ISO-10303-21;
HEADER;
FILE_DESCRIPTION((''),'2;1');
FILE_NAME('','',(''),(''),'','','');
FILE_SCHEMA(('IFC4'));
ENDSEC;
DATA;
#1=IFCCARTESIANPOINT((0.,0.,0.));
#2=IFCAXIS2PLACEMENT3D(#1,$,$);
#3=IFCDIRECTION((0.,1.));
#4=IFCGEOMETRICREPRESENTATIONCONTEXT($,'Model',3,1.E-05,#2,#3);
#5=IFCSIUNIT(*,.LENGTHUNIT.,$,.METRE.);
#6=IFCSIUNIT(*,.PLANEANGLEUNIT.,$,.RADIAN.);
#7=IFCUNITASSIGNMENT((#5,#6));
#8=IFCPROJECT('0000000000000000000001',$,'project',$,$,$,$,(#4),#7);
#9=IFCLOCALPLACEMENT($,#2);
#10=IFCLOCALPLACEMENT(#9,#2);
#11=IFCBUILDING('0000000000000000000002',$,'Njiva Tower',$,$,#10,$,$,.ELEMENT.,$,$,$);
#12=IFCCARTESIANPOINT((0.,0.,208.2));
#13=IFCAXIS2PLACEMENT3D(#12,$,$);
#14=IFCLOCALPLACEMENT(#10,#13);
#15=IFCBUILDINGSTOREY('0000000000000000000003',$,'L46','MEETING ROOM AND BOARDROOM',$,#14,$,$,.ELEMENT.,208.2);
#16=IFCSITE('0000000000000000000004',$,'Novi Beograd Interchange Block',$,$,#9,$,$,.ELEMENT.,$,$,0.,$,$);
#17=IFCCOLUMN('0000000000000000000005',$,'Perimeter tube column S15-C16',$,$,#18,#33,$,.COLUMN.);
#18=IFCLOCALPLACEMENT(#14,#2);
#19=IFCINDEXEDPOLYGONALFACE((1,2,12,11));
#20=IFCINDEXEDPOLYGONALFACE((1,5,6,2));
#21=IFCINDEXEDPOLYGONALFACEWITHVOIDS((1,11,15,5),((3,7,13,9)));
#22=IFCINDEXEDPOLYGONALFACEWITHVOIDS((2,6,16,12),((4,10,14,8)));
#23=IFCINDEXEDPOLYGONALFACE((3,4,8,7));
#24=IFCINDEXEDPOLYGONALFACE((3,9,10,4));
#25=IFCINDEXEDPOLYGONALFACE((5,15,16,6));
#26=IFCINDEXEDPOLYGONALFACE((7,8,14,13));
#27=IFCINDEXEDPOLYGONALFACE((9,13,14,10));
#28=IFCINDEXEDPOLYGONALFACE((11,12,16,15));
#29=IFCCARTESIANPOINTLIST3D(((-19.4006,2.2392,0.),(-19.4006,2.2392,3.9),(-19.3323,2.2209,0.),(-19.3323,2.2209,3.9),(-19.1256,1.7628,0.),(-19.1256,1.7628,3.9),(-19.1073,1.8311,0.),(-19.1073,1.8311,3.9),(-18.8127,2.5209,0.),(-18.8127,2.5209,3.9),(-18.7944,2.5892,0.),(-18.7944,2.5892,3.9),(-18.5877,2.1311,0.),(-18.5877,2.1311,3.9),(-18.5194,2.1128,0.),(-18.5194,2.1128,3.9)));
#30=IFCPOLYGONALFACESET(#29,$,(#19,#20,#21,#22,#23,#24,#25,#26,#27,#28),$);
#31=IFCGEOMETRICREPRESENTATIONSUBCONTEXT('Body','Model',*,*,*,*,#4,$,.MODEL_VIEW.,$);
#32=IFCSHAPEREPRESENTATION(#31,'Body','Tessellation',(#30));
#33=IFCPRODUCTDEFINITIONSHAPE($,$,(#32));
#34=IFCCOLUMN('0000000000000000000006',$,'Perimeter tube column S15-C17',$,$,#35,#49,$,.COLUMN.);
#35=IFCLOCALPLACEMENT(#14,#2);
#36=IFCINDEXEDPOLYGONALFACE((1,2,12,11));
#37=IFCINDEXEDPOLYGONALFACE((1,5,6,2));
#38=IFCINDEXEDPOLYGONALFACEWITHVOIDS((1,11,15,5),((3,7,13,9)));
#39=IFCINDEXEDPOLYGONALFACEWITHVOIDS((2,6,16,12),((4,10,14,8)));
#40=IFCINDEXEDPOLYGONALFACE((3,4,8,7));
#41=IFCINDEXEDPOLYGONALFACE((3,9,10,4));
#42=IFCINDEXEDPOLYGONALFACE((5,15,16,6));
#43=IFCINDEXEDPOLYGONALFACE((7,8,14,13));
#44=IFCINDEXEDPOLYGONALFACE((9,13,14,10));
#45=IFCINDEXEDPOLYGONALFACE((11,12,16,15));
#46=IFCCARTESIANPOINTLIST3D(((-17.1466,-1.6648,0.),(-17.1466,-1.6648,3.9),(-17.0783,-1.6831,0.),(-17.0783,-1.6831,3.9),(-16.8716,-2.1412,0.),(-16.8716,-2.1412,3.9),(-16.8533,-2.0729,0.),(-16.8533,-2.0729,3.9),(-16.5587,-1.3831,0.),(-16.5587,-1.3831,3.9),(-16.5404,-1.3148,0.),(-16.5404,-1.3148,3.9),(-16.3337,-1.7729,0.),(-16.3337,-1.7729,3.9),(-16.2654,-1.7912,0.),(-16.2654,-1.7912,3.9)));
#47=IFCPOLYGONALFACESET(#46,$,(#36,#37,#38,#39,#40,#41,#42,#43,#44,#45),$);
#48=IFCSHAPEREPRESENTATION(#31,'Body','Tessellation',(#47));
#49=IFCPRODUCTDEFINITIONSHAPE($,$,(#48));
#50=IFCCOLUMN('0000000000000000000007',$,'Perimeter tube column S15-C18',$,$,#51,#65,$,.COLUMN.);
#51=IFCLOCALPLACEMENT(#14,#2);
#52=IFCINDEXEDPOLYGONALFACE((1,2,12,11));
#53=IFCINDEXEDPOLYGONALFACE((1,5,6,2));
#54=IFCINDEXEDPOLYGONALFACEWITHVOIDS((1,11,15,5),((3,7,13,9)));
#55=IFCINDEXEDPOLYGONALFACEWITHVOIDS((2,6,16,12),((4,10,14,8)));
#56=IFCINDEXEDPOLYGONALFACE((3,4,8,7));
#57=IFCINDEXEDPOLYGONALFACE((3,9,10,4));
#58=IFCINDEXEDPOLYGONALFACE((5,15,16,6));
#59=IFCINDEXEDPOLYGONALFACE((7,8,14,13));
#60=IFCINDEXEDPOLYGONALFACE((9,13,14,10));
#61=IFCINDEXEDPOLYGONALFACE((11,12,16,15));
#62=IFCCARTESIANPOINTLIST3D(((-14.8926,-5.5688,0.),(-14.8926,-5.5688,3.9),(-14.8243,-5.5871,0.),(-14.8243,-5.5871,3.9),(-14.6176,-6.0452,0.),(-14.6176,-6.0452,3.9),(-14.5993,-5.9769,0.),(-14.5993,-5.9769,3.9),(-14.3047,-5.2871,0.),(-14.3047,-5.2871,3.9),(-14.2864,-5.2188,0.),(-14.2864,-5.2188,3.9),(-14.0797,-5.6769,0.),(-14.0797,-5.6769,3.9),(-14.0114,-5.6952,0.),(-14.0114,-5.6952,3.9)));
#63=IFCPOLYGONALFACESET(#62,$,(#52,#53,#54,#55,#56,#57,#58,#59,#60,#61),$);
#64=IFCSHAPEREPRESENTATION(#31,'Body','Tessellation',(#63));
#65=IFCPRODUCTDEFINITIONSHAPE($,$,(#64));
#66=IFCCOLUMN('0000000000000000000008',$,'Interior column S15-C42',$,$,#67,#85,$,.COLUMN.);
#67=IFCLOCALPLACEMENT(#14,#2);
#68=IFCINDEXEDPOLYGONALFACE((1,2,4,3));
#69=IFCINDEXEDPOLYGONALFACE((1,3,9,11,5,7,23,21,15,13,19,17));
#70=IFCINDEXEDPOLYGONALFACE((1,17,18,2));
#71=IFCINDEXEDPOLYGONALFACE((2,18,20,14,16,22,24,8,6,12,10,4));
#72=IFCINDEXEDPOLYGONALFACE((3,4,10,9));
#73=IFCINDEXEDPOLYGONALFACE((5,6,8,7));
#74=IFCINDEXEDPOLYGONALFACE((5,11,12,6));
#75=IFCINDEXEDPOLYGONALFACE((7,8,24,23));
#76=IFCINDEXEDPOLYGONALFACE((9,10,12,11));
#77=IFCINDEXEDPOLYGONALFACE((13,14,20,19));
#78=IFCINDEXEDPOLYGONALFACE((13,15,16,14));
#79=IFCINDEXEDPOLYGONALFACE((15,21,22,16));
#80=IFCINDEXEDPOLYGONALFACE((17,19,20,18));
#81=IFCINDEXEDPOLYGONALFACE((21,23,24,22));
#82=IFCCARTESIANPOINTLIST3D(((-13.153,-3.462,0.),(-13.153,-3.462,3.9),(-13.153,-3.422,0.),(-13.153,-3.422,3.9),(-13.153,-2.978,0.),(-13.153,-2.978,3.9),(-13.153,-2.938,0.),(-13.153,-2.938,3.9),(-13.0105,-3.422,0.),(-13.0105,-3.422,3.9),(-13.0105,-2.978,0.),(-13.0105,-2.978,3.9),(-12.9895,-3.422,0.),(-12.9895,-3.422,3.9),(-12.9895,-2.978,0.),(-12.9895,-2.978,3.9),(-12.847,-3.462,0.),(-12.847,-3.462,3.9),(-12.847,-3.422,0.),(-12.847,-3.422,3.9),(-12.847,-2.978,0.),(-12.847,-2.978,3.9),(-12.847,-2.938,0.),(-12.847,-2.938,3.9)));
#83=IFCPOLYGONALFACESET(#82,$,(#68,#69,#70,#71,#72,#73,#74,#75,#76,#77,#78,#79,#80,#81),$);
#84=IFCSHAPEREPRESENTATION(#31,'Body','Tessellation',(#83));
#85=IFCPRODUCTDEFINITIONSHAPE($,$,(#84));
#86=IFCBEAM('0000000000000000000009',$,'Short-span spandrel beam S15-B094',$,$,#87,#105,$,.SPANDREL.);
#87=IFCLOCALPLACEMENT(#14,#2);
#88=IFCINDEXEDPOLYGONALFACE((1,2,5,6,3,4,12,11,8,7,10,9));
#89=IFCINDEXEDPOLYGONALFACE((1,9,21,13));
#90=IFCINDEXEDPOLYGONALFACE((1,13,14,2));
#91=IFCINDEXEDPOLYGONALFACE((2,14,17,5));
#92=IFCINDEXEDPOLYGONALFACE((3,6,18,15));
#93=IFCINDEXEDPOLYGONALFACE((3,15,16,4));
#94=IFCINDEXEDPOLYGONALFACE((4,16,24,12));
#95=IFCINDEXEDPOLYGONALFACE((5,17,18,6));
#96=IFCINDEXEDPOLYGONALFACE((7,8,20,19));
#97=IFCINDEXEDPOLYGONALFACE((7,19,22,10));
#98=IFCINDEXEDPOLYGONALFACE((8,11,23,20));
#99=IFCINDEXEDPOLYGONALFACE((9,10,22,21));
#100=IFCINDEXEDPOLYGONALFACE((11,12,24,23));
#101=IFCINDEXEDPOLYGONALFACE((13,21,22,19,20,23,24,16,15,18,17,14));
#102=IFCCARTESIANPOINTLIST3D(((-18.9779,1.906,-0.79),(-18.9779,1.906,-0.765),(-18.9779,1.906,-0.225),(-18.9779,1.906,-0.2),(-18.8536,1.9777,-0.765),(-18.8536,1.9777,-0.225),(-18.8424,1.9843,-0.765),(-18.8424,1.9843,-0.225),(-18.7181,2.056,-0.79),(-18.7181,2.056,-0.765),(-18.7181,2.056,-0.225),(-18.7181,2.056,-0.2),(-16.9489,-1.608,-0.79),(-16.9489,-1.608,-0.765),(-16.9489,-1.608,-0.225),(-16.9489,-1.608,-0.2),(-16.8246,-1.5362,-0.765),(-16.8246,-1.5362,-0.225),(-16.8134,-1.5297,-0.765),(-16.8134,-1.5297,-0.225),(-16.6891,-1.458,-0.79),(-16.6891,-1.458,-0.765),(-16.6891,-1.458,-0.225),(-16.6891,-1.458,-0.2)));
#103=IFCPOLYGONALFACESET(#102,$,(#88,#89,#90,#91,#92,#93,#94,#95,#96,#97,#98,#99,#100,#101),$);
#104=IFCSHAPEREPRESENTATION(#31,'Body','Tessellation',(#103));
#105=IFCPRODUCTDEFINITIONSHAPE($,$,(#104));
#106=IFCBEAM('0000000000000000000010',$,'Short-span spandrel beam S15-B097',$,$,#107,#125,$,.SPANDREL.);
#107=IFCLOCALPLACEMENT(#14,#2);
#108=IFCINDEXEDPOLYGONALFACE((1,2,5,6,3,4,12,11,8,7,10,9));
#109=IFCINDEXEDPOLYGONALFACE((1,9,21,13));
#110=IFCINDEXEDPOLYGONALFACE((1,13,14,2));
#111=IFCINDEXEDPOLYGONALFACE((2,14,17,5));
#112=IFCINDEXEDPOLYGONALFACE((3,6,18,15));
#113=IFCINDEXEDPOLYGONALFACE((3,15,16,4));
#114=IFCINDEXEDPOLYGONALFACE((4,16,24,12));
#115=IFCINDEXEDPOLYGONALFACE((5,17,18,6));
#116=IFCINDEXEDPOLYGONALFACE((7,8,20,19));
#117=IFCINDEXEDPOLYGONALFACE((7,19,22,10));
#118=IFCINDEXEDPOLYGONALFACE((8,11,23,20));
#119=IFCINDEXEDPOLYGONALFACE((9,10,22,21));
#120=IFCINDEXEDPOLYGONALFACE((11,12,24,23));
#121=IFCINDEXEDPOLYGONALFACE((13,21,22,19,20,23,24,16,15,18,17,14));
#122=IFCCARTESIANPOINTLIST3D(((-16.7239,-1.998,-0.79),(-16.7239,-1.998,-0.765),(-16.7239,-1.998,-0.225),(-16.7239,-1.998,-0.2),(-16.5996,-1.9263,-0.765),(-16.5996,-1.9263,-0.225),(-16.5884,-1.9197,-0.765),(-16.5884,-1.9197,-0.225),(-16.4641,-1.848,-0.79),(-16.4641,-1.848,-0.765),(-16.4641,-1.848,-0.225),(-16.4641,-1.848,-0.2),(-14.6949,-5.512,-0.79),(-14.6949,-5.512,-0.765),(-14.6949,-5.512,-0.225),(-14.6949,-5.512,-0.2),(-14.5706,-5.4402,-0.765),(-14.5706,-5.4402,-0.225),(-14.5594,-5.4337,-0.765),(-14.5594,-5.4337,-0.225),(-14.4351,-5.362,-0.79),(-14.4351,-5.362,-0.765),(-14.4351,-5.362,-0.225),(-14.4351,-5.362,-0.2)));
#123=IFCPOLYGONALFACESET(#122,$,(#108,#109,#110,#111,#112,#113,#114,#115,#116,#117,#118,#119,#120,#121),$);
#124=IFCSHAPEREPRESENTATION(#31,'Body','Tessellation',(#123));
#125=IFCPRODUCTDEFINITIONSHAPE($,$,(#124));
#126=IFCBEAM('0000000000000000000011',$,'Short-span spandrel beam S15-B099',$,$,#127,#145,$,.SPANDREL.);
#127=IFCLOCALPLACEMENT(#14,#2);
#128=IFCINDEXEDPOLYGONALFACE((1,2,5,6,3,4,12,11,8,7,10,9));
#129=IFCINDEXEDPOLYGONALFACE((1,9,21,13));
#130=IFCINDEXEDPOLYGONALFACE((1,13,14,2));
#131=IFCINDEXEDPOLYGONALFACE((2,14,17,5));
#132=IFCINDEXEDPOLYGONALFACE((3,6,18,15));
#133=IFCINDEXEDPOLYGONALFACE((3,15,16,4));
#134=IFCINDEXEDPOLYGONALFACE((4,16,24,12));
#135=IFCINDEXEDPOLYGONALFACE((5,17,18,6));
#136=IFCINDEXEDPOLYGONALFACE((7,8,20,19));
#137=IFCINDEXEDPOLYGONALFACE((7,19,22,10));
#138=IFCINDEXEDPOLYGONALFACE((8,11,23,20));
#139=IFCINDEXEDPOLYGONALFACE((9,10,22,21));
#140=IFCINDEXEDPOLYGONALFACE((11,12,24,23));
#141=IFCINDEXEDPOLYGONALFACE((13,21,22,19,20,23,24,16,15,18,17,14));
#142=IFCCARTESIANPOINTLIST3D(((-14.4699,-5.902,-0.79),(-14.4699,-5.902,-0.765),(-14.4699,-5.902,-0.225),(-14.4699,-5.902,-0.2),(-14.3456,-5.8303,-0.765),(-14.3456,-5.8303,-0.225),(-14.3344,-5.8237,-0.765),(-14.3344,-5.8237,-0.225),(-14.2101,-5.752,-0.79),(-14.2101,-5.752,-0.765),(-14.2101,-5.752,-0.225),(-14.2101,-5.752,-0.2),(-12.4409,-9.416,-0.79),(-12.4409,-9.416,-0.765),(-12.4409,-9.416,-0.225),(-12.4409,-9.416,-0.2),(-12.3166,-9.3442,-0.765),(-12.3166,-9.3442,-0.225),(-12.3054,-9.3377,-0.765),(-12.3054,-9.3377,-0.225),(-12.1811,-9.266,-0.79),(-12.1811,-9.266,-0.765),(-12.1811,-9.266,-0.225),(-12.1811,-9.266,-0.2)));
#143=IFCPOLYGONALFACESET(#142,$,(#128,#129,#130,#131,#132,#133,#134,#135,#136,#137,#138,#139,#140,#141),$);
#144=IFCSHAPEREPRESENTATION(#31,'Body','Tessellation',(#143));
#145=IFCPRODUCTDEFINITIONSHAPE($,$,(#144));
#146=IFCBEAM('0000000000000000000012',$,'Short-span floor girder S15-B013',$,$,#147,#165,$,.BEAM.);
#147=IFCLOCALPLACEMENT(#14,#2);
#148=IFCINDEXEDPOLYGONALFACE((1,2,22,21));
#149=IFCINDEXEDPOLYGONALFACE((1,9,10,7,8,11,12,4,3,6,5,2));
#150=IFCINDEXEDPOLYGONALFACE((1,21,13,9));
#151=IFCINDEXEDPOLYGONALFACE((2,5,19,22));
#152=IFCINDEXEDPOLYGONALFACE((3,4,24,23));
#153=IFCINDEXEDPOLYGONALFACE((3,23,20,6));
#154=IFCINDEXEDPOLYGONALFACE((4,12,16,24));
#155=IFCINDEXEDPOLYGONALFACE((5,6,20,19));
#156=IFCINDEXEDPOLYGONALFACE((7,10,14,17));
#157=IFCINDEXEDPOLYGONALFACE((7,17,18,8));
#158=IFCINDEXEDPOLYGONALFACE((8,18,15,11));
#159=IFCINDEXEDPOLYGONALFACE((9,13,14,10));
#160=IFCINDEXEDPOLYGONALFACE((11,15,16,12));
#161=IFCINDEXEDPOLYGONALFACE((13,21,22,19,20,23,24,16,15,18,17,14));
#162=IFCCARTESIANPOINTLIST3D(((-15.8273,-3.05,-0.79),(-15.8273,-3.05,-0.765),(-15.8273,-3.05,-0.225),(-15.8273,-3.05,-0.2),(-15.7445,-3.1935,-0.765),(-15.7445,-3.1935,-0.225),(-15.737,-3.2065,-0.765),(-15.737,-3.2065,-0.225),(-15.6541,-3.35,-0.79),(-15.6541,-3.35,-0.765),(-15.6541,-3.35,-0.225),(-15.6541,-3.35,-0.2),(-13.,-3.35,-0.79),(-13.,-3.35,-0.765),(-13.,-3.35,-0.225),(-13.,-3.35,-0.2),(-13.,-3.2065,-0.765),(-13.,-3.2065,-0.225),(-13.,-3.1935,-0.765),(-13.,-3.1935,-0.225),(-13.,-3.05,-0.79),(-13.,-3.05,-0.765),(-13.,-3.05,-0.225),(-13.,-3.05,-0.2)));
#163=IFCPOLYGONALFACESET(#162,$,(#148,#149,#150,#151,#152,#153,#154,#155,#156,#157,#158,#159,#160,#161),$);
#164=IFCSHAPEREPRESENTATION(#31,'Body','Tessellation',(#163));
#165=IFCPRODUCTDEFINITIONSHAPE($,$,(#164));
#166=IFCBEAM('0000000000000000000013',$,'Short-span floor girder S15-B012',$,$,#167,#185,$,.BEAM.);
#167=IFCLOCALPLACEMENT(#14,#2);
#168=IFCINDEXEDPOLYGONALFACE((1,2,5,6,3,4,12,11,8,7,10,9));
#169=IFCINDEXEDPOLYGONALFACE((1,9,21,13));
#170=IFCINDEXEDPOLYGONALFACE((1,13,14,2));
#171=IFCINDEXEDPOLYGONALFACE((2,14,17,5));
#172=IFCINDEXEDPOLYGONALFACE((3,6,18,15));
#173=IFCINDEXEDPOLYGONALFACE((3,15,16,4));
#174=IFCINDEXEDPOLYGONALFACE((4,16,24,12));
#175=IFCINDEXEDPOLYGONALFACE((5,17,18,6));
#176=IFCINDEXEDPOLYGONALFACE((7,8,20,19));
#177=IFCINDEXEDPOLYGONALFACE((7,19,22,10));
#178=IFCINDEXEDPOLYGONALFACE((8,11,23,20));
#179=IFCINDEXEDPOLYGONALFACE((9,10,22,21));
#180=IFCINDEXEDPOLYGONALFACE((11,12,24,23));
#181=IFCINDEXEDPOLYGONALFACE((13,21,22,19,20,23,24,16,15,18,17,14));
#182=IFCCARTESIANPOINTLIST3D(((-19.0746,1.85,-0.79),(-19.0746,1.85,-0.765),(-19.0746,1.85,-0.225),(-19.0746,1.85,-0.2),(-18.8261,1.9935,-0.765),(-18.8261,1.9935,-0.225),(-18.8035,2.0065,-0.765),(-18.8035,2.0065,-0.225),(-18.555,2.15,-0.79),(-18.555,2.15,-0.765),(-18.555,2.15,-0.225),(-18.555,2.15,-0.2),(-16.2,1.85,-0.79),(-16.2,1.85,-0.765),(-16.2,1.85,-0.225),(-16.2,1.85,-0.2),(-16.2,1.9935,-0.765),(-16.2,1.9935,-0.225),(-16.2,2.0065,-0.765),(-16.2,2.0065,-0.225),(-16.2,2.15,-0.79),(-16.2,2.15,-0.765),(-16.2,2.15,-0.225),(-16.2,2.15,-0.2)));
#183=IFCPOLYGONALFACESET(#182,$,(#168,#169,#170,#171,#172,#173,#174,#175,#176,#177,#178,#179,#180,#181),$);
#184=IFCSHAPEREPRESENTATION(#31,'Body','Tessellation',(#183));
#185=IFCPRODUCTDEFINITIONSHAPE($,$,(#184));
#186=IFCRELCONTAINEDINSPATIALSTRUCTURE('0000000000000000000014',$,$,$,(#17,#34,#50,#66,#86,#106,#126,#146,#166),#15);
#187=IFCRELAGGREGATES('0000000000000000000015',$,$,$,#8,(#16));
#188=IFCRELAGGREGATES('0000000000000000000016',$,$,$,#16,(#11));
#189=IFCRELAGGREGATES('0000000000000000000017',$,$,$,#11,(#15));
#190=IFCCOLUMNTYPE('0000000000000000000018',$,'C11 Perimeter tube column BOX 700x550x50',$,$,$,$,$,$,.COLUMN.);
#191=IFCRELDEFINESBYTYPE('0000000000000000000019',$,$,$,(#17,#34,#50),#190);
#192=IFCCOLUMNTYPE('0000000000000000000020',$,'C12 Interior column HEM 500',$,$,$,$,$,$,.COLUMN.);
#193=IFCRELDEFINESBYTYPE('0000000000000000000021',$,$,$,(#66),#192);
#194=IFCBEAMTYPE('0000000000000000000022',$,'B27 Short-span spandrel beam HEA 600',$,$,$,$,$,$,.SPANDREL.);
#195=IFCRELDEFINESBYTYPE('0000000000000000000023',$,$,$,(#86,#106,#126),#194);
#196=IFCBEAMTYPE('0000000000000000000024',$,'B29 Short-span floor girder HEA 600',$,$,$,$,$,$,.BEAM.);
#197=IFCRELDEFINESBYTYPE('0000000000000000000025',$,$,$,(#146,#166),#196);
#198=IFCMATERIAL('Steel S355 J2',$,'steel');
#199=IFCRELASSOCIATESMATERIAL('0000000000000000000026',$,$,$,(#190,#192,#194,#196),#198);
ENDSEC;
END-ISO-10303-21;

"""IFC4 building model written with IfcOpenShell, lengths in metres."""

from ifc_helpers import new_model, si_unit, direction, frame, origin, origin_2d, place, context, subcontext, project, spatial, hollow_rectangle, i_section, extrude, clip, halfspace, material, material_profile, profile_set, type_object, element, save


model = new_model("IFC4")

# Units and contexts
model_context = context("Model", 3, precision=1e-05, world=origin(), true_north=direction((0.0, 1.0)))
body_context = subcontext(model_context, "Body", "Model", "MODEL_VIEW")
ifc_project = project(units=[si_unit("LENGTHUNIT", "METRE"), si_unit("PLANEANGLEUNIT", "RADIAN")], contexts=[model_context])

# Site, building, storey
site_placement = place(None, origin())
site = spatial("IfcSite", under=ifc_project, at=site_placement, Name="Novi Beograd Interchange Block", CompositionType="ELEMENT", RefElevation=0.0)
building_placement = place(site_placement, origin())
building = spatial("IfcBuilding", under=site, at=building_placement, Name="Njiva Tower", CompositionType="ELEMENT")
storey_placement = place(building_placement, frame((0.0, 0.0, 208.2)))
storey = spatial("IfcBuildingStorey", under=building, at=storey_placement, Name="L46", Description="MEETING ROOM AND BOARDROOM", CompositionType="ELEMENT", Elevation=208.2)

# Columns
ifc_material_1 = material(Name="Steel S355 J2", Category="steel")
ifc_material_profile_1 = material_profile(ifc_material_1, hollow_rectangle(XDim=0.55, YDim=0.7, WallThickness=0.05, at=origin_2d()), Name="BOX 700x550x50")
ifc_profile_set_1 = profile_set([ifc_material_profile_1], Name="Steel S355 J2")
column_type_1 = type_object("IfcColumnType", Name="C11 Perimeter tube column BOX 700x550x50", PredefinedType="COLUMN", material=ifc_profile_set_1)
for number, where, z_axis, x_axis, name in (
    (1, (-18.96, 2.176, 0.0), (0.0, 0.0, 1.0), (0.5, -0.866025, 0.0), "Perimeter tube column S15-C16"),
    (2, (-16.706, -1.728, 0.0), (0.0, 0.0, 1.0), (0.5, -0.866025, 0.0), "Perimeter tube column S15-C17"),
    (3, (-14.452, -5.632, 0.0), (0.0, 0.0, 1.0), (0.5, -0.866025, 0.0), "Perimeter tube column S15-C18"),
):
    element("IfcColumn", number, at=place(storey_placement, frame(where, z_axis=z_axis, x_axis=x_axis)), inside=storey, type_object=column_type_1, Name=name, PredefinedType="COLUMN", context=body_context, shape_type="SweptSolid", body=[
        extrude(hollow_rectangle(XDim=0.55, YDim=0.7, WallThickness=0.05, at=origin_2d()), origin(), (0.0, 0.0, 1.0), 3.9),
    ])
ifc_material_profile_2 = material_profile(ifc_material_1, i_section(OverallWidth=0.306, OverallDepth=0.524, WebThickness=0.021, FlangeThickness=0.04, at=origin_2d()), Name="HEM 500")
ifc_profile_set_2 = profile_set([ifc_material_profile_2], Name="Steel S355 J2")
column_type_2 = type_object("IfcColumnType", Name="C12 Interior column HEM 500", PredefinedType="COLUMN", material=ifc_profile_set_2)
column_placement = place(storey_placement, frame((-13.0, -3.2, 0.0), z_axis=(0.0, 0.0, 1.0), x_axis=(1.0, 0.0, 0.0)))
element("IfcColumn", 4, at=column_placement, inside=storey, type_object=column_type_2, Name="Interior column S15-C42", PredefinedType="COLUMN", context=body_context, shape_type="SweptSolid", body=[
    extrude(i_section(OverallWidth=0.306, OverallDepth=0.524, WebThickness=0.021, FlangeThickness=0.04, at=origin_2d()), origin(), (0.0, 0.0, 1.0), 3.9),
])

# Beams
ifc_material_profile_3 = material_profile(ifc_material_1, i_section(OverallWidth=0.3, OverallDepth=0.59, WebThickness=0.013, FlangeThickness=0.025, at=origin_2d()), Name="HEA 600")
ifc_profile_set_3 = profile_set([ifc_material_profile_3], Name="Steel S355 J2")
beam_type_1 = type_object("IfcBeamType", Name="B27 Short-span spandrel beam HEA 600", PredefinedType="SPANDREL", material=ifc_profile_set_3)
for number, where, z_axis, x_axis, name in (
    (5, (-18.848, 1.981, -0.495), (0.500035, -0.866005, 0.0), (0.866005, 0.500035, 0.0), "Short-span spandrel beam S15-B094"),
    (6, (-16.594, -1.923, -0.495), (0.500035, -0.866005, 0.0), (0.866005, 0.500035, 0.0), "Short-span spandrel beam S15-B097"),
    (7, (-14.34, -5.827, -0.495), (0.500035, -0.866005, 0.0), (0.866005, 0.500035, 0.0), "Short-span spandrel beam S15-B099"),
):
    element("IfcBeam", number, at=place(storey_placement, frame(where, z_axis=z_axis, x_axis=x_axis)), inside=storey, type_object=beam_type_1, Name=name, PredefinedType="SPANDREL", context=body_context, shape_type="SweptSolid", body=[
        extrude(i_section(OverallWidth=0.3, OverallDepth=0.59, WebThickness=0.013, FlangeThickness=0.025, at=origin_2d()), origin(), (0.0, 0.0, 1.0), 4.0577),
    ])
ifc_material_profile_4 = material_profile(ifc_material_1, i_section(OverallWidth=0.3, OverallDepth=0.59, WebThickness=0.013, FlangeThickness=0.025, at=origin_2d()), Name="HEA 600")
ifc_profile_set_4 = profile_set([ifc_material_profile_4], Name="Steel S355 J2")
beam_type_2 = type_object("IfcBeamType", Name="B29 Short-span floor girder HEA 600", PredefinedType="BEAM", material=ifc_profile_set_4)
beam_1_placement = place(storey_placement, frame((-15.848, -3.2, -0.495), z_axis=(1.0, 0.0, 0.0), x_axis=(0.0, 1.0, 0.0)))
element("IfcBeam", 8, at=beam_1_placement, inside=storey, type_object=beam_type_2, Name="Short-span floor girder S15-B013", PredefinedType="BEAM", context=body_context, shape_type="Clipping", body=[
    clip(extrude(i_section(OverallWidth=0.3, OverallDepth=0.59, WebThickness=0.013, FlangeThickness=0.025, at=origin_2d()), origin(), (0.0, 0.0, 1.0), 2.848), halfspace(frame((-0.025, 0.0, 0.1217), z_axis=(-0.499998, 0.0, -0.866027), x_axis=(0.0, -1.0, 0.0)), False)),
])
beam_2_placement = place(storey_placement, frame((-19.095, 2.0, -0.495), z_axis=(1.0, 0.0, 0.0), x_axis=(0.0, 1.0, 0.0)))
element("IfcBeam", 9, at=beam_2_placement, inside=storey, type_object=beam_type_2, Name="Short-span floor girder S15-B012", PredefinedType="BEAM", context=body_context, shape_type="Clipping", body=[
    clip(extrude(i_section(OverallWidth=0.3, OverallDepth=0.59, WebThickness=0.013, FlangeThickness=0.025, at=origin_2d()), origin(), (0.0, 0.0, 1.0), 2.895), halfspace(frame((0.0433, 0.0, 0.3552), z_axis=(0.866027, 0.0, -0.499998), x_axis=(0.0, -1.0, 0.0)), False)),
])

save(model, "model.ifc")
